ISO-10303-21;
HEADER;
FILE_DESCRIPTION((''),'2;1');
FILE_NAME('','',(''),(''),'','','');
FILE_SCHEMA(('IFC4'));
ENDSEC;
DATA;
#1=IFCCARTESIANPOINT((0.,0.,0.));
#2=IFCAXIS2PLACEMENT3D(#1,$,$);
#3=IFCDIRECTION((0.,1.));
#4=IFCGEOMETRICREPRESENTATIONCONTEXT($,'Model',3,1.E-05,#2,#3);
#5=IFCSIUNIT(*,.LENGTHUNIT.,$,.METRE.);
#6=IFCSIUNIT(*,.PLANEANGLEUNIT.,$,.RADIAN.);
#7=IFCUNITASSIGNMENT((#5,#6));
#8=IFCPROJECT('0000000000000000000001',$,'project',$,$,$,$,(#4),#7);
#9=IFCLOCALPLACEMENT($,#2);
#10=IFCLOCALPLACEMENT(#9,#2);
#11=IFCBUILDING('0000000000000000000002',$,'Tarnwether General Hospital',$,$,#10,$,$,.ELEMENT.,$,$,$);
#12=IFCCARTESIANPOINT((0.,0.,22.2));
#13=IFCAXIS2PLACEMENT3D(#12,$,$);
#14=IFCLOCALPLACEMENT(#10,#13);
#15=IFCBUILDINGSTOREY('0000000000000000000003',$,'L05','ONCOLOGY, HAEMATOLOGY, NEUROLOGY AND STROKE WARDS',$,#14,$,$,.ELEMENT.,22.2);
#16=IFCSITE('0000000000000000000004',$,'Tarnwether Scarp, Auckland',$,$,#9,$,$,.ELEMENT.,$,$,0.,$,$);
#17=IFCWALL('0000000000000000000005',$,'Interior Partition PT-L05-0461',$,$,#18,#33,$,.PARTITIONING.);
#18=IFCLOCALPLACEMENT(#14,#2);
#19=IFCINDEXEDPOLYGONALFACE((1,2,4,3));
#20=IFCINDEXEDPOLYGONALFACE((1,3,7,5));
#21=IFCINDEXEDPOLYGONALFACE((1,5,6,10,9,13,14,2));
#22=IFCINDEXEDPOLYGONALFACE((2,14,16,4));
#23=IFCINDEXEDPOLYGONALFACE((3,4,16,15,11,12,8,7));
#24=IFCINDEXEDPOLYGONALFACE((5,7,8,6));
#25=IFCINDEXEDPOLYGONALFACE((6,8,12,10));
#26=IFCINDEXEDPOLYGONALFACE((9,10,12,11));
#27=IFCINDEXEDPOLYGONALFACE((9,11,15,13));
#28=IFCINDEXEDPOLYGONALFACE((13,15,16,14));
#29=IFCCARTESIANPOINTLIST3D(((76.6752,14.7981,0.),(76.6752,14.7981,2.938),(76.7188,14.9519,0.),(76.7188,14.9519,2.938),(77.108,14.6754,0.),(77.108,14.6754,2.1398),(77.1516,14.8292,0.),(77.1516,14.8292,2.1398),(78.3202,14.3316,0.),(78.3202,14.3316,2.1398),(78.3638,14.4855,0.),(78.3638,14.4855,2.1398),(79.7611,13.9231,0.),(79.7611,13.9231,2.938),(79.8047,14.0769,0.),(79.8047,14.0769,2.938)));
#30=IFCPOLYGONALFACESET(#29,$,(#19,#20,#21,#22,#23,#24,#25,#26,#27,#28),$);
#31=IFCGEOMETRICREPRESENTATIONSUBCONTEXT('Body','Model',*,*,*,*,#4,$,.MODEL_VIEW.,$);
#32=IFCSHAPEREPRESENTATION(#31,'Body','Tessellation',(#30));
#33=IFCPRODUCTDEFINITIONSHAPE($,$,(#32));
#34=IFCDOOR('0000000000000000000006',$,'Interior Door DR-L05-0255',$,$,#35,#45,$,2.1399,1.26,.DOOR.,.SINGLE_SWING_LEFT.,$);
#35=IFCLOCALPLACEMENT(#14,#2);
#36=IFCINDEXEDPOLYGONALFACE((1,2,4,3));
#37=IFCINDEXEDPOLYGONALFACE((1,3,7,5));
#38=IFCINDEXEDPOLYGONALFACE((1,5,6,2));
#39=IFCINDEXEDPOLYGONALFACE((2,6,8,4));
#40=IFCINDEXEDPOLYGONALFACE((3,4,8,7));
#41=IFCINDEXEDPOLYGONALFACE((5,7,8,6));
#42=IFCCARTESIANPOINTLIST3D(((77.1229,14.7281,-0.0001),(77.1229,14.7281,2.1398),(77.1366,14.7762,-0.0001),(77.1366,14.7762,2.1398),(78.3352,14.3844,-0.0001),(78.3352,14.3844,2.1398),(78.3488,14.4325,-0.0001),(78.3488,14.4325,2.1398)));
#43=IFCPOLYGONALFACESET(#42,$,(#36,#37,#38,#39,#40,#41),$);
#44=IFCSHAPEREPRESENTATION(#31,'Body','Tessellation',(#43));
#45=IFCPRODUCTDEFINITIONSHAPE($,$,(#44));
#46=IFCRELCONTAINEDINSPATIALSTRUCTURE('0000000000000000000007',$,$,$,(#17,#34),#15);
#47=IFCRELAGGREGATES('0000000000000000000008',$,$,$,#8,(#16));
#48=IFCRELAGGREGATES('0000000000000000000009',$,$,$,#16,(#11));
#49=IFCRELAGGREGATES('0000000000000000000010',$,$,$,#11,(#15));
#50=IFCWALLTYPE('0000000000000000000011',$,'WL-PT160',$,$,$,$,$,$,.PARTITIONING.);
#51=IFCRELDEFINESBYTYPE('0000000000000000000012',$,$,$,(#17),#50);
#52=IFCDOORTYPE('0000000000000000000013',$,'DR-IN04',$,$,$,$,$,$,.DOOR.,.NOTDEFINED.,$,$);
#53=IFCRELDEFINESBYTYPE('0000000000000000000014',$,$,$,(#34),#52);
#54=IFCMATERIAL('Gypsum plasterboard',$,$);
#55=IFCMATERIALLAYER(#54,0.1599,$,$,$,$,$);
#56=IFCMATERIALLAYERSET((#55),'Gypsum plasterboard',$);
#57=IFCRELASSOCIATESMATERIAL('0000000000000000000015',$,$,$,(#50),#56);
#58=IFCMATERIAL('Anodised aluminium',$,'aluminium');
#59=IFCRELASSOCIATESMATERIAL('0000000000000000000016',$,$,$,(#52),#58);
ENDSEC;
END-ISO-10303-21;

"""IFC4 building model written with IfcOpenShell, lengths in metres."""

from ifc_helpers import new_model, si_unit, direction, frame, frame_2d, origin, place, context, subcontext, project, spatial, rectangle, extrude, material, layer, layer_set, type_object, element, fill, save


model = new_model("IFC4")

# Units and contexts
model_context = context("Model", 3, precision=1e-05, world=origin(), true_north=direction((0.0, 1.0)))
body_context = subcontext(model_context, "Body", "Model", "MODEL_VIEW")
ifc_project = project(units=[si_unit("LENGTHUNIT", "METRE"), si_unit("PLANEANGLEUNIT", "RADIAN")], contexts=[model_context])

# Site, building, storey
site_placement = place(None, origin())
site = spatial("IfcSite", under=ifc_project, at=site_placement, Name="Tarnwether Scarp, Auckland", CompositionType="ELEMENT", RefElevation=0.0)
building_placement = place(site_placement, origin())
building = spatial("IfcBuilding", under=site, at=building_placement, Name="Tarnwether General Hospital", CompositionType="ELEMENT")
storey_placement = place(building_placement, frame((0.0, 0.0, 22.2)))
storey = spatial("IfcBuildingStorey", under=building, at=storey_placement, Name="L05", Description="ONCOLOGY, HAEMATOLOGY, NEUROLOGY AND STROKE WARDS", CompositionType="ELEMENT", Elevation=22.2)

# Wall, opening, door
ifc_material_1 = material(Name="Gypsum plasterboard")
ifc_layer_1 = layer(ifc_material_1, 0.1599)
ifc_layer_set_1 = layer_set([ifc_layer_1], Name="Gypsum plasterboard")
wall_type_1 = type_object("IfcWallType", Name="WL-PT160", PredefinedType="PARTITIONING", material=ifc_layer_set_1)
wall_1_placement = place(storey_placement, frame((76.697, 14.875, 0.0), z_axis=(0.0, 0.0, 1.0), x_axis=(0.962073, -0.27279, 0.0)))
wall_1 = element("IfcWall", 1, at=wall_1_placement, inside=storey, type_object=wall_type_1, Name="Interior Partition PT-L05-0461", PredefinedType="PARTITIONING", context=body_context, shape_type="SweptSolid", body=[
    extrude(rectangle(XDim=3.2075, YDim=0.1599, at=frame_2d((1.6038, 0.0))), origin(), (0.0, 0.0, 1.0), 2.938),
])
opening_1_placement = place(wall_1_placement, frame((0.45, 0.0, 0.0)))
opening_1 = element("IfcOpeningElement", 2, at=opening_1_placement, cuts=wall_1, PredefinedType="OPENING", context=body_context, shape_type="SweptSolid", body=[
    extrude(rectangle(XDim=1.26, YDim=2.1399, at=frame_2d((0.6299, 1.0698))), frame((0.0, 0.0898, 0.0), z_axis=(0.0, -1.0, 0.0), x_axis=(1.0, 0.0, 0.0)), (0.0, 0.0, 1.0), 0.1799),
])
ifc_material_2 = material(Name="Anodised aluminium", Category="aluminium")
door_type_1 = type_object("IfcDoorType", Name="DR-IN04", OperationType="NOTDEFINED", PredefinedType="DOOR", material=ifc_material_2)
door_1_placement = place(opening_1_placement, origin())
door_1 = element("IfcDoor", 3, at=door_1_placement, inside=storey, type_object=door_type_1, Name="Interior Door DR-L05-0255", OperationType="SINGLE_SWING_LEFT", OverallHeight=2.1399, OverallWidth=1.26, PredefinedType="DOOR", context=body_context, shape_type="SweptSolid", body=[
    extrude(rectangle(XDim=1.26, YDim=2.1399, at=frame_2d((0.6299, 1.0698))), frame((0.0, 0.0249, 0.0), z_axis=(0.0, -1.0, 0.0), x_axis=(1.0, 0.0, 0.0)), (0.0, 0.0, 1.0), 0.05),
])
fill(opening_1, door_1)

save(model, "model.ifc")
